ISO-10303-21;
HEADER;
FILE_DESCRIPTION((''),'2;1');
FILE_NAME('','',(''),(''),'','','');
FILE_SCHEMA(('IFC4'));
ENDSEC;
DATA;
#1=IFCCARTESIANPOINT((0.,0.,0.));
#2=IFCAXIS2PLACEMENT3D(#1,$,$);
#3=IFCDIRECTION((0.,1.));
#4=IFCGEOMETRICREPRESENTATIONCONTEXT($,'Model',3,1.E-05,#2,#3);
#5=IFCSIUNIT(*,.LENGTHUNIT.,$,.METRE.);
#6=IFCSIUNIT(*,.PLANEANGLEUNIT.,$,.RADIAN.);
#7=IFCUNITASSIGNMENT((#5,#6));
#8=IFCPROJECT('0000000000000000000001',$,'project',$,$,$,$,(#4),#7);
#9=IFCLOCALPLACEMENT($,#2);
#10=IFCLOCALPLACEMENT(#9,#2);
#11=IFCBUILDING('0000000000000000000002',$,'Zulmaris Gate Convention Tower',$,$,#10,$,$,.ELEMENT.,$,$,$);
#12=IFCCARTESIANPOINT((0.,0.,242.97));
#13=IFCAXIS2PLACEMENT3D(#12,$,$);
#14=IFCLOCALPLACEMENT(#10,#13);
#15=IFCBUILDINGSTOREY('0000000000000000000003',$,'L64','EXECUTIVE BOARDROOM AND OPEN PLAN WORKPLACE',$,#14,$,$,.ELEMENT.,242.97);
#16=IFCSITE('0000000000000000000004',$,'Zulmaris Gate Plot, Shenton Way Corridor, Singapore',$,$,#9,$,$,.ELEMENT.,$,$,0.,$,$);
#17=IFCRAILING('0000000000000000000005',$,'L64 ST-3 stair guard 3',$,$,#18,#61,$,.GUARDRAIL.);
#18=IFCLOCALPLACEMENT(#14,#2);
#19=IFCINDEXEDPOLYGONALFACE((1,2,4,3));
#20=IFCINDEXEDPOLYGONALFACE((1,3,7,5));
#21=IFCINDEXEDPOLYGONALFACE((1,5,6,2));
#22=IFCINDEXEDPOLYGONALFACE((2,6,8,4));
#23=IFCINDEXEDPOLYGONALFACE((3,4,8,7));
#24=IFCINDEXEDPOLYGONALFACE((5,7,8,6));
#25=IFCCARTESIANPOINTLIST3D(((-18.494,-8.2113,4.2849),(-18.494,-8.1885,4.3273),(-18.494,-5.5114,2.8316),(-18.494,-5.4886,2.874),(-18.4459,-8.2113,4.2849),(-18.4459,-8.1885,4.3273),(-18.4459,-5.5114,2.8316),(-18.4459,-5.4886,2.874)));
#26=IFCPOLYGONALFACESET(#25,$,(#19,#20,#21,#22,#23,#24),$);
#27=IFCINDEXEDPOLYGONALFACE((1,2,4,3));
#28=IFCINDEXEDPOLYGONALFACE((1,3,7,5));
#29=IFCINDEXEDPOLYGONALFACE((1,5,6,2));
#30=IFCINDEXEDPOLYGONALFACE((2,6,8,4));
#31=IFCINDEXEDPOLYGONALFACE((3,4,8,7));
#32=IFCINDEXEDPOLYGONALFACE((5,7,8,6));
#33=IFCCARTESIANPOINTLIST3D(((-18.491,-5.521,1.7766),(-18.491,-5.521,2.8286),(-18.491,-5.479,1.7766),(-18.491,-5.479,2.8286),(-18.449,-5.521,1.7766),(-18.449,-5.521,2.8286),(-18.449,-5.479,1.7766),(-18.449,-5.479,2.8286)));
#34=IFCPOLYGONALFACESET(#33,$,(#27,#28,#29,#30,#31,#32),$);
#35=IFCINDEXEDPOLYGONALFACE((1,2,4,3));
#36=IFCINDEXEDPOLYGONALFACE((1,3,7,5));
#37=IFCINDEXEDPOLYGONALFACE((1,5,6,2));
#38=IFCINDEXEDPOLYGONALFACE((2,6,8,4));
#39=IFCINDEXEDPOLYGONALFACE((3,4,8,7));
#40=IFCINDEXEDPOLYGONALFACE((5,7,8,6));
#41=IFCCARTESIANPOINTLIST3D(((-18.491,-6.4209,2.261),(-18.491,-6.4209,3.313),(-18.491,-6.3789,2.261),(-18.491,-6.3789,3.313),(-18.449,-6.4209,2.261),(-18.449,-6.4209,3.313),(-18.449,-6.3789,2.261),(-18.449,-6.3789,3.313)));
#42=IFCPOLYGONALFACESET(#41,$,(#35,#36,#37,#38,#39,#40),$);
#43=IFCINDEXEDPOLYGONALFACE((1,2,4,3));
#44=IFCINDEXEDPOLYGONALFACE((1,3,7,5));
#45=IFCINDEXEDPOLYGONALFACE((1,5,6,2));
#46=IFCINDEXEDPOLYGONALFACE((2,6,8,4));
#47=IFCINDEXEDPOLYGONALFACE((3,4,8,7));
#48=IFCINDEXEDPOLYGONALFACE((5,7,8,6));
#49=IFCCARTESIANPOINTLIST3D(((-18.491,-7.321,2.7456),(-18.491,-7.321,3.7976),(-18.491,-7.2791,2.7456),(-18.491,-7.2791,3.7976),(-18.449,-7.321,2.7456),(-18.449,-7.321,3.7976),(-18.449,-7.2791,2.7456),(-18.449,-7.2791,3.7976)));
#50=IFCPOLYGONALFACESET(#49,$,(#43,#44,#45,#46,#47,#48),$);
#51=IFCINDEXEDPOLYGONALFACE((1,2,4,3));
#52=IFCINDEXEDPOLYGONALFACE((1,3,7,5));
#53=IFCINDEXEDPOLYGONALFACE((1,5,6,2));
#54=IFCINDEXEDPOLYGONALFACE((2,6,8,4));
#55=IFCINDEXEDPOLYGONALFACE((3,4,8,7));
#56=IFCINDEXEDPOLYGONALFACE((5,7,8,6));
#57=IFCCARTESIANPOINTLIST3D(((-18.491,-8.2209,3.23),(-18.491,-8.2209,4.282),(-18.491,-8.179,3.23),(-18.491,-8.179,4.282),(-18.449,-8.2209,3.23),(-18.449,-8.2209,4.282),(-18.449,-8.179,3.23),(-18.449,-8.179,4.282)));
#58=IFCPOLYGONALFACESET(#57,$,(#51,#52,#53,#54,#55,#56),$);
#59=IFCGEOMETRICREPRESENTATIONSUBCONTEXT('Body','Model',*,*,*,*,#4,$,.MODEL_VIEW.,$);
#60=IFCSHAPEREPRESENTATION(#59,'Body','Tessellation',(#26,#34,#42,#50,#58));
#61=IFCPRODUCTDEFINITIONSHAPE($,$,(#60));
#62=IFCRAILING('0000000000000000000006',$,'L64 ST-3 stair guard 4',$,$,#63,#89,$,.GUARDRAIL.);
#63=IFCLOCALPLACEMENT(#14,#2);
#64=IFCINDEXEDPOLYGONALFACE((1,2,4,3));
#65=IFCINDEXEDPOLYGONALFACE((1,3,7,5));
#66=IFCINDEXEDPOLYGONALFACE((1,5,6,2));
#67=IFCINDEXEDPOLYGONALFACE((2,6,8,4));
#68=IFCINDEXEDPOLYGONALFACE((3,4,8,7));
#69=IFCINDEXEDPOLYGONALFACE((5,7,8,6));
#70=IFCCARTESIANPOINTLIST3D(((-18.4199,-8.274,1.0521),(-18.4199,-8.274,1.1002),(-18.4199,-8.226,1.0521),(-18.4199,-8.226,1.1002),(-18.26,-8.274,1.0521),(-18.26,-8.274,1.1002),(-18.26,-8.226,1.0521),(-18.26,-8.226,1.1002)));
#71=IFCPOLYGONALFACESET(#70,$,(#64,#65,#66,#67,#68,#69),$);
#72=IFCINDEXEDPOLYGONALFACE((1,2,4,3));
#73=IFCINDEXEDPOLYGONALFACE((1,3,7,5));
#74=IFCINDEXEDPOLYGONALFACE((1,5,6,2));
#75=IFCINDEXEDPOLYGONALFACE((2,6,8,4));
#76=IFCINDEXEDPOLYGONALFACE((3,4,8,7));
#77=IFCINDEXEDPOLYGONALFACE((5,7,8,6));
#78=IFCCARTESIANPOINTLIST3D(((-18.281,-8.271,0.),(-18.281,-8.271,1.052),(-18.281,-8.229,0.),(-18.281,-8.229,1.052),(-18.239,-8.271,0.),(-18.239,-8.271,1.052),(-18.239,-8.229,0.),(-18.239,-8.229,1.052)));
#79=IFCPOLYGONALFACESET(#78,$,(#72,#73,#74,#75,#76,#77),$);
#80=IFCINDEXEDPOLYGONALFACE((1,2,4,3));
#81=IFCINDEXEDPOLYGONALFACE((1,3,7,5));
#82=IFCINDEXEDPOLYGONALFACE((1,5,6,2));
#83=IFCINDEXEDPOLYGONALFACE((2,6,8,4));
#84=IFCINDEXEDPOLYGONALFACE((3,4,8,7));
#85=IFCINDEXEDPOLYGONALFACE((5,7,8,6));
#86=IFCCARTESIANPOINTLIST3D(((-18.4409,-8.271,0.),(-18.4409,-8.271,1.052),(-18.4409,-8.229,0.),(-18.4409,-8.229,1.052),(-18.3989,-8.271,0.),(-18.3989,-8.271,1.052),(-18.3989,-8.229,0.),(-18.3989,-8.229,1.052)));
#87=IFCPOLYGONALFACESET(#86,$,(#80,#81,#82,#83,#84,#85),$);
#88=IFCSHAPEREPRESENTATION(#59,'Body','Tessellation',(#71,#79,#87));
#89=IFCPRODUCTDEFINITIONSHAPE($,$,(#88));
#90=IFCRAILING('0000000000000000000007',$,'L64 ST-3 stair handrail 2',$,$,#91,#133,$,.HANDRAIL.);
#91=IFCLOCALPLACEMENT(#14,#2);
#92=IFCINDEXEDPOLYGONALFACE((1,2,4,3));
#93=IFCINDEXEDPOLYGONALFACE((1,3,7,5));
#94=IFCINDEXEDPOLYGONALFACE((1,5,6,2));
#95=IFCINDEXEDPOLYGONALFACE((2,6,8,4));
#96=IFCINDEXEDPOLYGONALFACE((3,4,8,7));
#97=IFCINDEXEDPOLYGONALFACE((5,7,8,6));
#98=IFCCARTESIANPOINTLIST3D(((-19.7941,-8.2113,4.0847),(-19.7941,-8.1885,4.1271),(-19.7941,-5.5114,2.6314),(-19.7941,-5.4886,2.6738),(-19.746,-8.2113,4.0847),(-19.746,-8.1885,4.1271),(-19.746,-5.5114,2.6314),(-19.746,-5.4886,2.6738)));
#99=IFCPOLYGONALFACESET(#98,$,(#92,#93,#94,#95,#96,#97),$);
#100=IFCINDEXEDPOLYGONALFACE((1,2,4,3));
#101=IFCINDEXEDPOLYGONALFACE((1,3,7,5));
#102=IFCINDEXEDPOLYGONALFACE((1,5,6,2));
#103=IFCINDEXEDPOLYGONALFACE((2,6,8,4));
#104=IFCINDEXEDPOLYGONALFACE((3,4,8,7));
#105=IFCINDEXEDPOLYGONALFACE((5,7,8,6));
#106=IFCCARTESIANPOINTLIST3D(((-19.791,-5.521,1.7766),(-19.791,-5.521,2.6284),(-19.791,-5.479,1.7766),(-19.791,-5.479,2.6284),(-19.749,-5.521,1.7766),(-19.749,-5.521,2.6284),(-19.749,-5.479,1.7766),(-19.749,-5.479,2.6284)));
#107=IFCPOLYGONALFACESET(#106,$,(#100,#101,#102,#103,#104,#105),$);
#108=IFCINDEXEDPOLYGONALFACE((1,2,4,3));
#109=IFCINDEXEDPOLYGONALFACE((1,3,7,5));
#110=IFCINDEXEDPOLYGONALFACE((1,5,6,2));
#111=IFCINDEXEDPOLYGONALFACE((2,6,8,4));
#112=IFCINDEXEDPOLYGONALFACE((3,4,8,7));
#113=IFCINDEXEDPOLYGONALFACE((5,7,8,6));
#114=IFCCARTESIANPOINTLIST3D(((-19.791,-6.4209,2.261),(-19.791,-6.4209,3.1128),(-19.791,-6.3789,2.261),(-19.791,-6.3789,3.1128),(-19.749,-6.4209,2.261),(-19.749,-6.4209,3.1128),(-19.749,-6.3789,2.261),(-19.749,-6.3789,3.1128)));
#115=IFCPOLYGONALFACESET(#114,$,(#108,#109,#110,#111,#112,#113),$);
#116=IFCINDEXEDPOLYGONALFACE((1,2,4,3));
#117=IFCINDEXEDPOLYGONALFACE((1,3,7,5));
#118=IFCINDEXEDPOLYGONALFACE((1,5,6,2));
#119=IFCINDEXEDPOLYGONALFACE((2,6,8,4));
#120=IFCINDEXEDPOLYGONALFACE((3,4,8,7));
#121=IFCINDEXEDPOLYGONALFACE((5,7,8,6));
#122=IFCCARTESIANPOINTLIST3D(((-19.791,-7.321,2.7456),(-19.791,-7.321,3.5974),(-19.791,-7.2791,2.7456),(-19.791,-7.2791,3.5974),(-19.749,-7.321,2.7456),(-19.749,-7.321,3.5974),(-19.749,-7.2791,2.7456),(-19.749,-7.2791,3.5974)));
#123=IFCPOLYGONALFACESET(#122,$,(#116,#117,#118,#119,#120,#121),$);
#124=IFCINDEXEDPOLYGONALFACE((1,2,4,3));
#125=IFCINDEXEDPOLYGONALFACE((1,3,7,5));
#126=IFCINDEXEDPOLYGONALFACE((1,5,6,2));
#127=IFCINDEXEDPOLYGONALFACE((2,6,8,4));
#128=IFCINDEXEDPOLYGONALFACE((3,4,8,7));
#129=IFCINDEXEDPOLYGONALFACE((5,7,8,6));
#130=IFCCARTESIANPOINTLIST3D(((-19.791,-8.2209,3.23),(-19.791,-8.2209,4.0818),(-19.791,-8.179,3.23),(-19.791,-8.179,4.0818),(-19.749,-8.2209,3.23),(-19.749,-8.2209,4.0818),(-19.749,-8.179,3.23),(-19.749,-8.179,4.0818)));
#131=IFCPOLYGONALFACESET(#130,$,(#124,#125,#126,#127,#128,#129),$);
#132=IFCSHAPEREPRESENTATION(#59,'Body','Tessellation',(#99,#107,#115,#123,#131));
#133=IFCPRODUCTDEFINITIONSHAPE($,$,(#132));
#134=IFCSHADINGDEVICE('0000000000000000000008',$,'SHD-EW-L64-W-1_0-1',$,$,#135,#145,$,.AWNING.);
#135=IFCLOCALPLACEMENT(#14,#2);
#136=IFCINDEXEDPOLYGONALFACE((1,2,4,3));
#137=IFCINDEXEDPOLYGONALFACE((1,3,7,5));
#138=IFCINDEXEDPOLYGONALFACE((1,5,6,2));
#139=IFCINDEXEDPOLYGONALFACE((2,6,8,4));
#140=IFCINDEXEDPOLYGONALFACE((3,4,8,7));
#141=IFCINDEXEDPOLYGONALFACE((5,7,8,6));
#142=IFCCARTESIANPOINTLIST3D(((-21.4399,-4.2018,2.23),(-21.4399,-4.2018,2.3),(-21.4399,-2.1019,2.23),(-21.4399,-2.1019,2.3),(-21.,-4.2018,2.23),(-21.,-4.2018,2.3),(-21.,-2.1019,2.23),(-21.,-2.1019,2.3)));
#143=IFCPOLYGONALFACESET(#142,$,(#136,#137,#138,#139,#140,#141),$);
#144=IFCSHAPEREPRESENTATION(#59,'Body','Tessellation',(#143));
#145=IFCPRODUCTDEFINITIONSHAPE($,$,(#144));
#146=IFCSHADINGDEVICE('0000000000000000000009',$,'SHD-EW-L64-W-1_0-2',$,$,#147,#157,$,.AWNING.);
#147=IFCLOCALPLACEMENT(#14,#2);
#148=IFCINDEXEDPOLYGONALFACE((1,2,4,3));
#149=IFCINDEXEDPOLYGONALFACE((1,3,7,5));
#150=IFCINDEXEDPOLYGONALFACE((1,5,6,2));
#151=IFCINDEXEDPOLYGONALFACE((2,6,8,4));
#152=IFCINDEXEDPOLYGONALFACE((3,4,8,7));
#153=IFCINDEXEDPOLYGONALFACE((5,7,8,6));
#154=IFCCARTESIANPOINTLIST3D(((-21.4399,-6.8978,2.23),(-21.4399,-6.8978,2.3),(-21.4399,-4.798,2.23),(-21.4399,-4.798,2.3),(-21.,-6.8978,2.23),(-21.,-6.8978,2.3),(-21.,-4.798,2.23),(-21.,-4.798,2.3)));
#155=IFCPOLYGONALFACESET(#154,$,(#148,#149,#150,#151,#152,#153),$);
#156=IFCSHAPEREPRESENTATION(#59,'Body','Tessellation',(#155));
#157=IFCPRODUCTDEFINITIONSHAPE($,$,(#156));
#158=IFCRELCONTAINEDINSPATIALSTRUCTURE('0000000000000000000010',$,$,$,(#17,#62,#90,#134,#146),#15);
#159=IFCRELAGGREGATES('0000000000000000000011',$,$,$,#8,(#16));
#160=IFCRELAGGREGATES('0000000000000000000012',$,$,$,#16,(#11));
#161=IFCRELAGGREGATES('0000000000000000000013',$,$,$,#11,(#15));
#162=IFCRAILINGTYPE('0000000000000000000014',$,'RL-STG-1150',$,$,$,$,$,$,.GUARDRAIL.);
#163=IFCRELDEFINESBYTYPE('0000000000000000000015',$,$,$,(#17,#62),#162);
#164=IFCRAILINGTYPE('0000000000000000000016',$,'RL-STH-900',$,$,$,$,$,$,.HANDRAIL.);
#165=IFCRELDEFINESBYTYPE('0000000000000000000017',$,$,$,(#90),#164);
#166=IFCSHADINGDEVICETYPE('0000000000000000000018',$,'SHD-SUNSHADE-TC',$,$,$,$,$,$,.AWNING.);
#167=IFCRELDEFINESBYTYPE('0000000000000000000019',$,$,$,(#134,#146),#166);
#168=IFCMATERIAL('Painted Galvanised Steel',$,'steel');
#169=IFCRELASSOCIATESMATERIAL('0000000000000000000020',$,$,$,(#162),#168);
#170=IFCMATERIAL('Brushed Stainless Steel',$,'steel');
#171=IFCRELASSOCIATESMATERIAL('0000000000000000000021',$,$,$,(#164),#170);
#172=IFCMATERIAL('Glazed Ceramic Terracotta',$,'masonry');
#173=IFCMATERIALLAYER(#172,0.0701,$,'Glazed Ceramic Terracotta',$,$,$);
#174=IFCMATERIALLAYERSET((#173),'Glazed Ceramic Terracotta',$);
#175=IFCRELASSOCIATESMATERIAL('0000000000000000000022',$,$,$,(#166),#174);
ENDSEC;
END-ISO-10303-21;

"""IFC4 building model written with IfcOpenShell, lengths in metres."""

from ifc_helpers import new_model, si_unit, direction, frame, frame_2d, origin, origin_2d, place, context, subcontext, project, spatial, rectangle, extrude, material, layer, layer_set, type_object, element, save


model = new_model("IFC4")

# Units and contexts
model_context = context("Model", 3, precision=1e-05, world=origin(), true_north=direction((0.0, 1.0)))
body_context = subcontext(model_context, "Body", "Model", "MODEL_VIEW")
ifc_project = project(units=[si_unit("LENGTHUNIT", "METRE"), si_unit("PLANEANGLEUNIT", "RADIAN")], contexts=[model_context])

# Site, building, storey
site_placement = place(None, origin())
site = spatial("IfcSite", under=ifc_project, at=site_placement, Name="Zulmaris Gate Plot, Shenton Way Corridor, Singapore", CompositionType="ELEMENT", RefElevation=0.0)
building_placement = place(site_placement, origin())
building = spatial("IfcBuilding", under=site, at=building_placement, Name="Zulmaris Gate Convention Tower", CompositionType="ELEMENT")
storey_placement = place(building_placement, frame((0.0, 0.0, 242.97)))
storey = spatial("IfcBuildingStorey", under=building, at=storey_placement, Name="L64", Description="EXECUTIVE BOARDROOM AND OPEN PLAN WORKPLACE", CompositionType="ELEMENT", Elevation=242.97)

# Railings
ifc_material_1 = material(Name="Painted Galvanised Steel", Category="steel")
railing_type_1 = type_object("IfcRailingType", Name="RL-STG-1150", PredefinedType="GUARDRAIL", material=ifc_material_1)
railing_1_placement = place(storey_placement, frame((-18.47, -5.5, 1.7766)))
element("IfcRailing", 1, at=railing_1_placement, inside=storey, type_object=railing_type_1, Name="L64 ST-3 stair guard 3", PredefinedType="GUARDRAIL", context=body_context, shape_type="SweptSolid", body=[
    extrude(rectangle(XDim=0.0481, YDim=0.0481, at=origin_2d()), frame((0.0, 0.0, 1.0762), z_axis=(0.0, -0.880532, 0.473986), x_axis=(1.0, 0.0, 0.0)), (0.0, 0.0, 1.0), 3.0662),
    extrude(rectangle(XDim=0.042, YDim=0.042, at=origin_2d()), origin(), (0.0, 0.0, 1.0), 1.052),
    extrude(rectangle(XDim=0.042, YDim=0.042, at=origin_2d()), frame((0.0, -0.8999, 0.4844)), (0.0, 0.0, 1.0), 1.052),
    extrude(rectangle(XDim=0.042, YDim=0.042, at=origin_2d()), frame((0.0, -1.8, 0.969)), (0.0, 0.0, 1.0), 1.052),
    extrude(rectangle(XDim=0.042, YDim=0.042, at=origin_2d()), frame((0.0, -2.7, 1.4534)), (0.0, 0.0, 1.0), 1.052),
])
railing_2_placement = place(storey_placement, frame((-18.26, -8.25, 0.0)))
element("IfcRailing", 2, at=railing_2_placement, inside=storey, type_object=railing_type_1, Name="L64 ST-3 stair guard 4", PredefinedType="GUARDRAIL", context=body_context, shape_type="SweptSolid", body=[
    extrude(rectangle(XDim=0.0481, YDim=0.0481, at=origin_2d()), frame((0.0, 0.0, 1.0762), z_axis=(-1.0, 0.0, 0.0), x_axis=(0.0, -1.0, 0.0)), (0.0, 0.0, 1.0), 0.1599),
    extrude(rectangle(XDim=0.042, YDim=0.042, at=origin_2d()), origin(), (0.0, 0.0, 1.0), 1.052),
    extrude(rectangle(XDim=0.042, YDim=0.042, at=origin_2d()), frame((-0.1599, 0.0, 0.0)), (0.0, 0.0, 1.0), 1.052),
])
ifc_material_2 = material(Name="Brushed Stainless Steel", Category="steel")
railing_type_2 = type_object("IfcRailingType", Name="RL-STH-900", PredefinedType="HANDRAIL", material=ifc_material_2)
railing_3_placement = place(storey_placement, frame((-19.77, -5.5, 1.7766)))
element("IfcRailing", 3, at=railing_3_placement, inside=storey, type_object=railing_type_2, Name="L64 ST-3 stair handrail 2", PredefinedType="HANDRAIL", context=body_context, shape_type="SweptSolid", body=[
    extrude(rectangle(XDim=0.0481, YDim=0.0481, at=origin_2d()), frame((0.0, 0.0, 0.876), z_axis=(0.0, -0.880532, 0.473986), x_axis=(1.0, 0.0, 0.0)), (0.0, 0.0, 1.0), 3.0662),
    extrude(rectangle(XDim=0.042, YDim=0.042, at=origin_2d()), origin(), (0.0, 0.0, 1.0), 0.8518),
    extrude(rectangle(XDim=0.042, YDim=0.042, at=origin_2d()), frame((0.0, -0.8999, 0.4844)), (0.0, 0.0, 1.0), 0.8518),
    extrude(rectangle(XDim=0.042, YDim=0.042, at=origin_2d()), frame((0.0, -1.8, 0.969)), (0.0, 0.0, 1.0), 0.8518),
    extrude(rectangle(XDim=0.042, YDim=0.042, at=origin_2d()), frame((0.0, -2.7, 1.4534)), (0.0, 0.0, 1.0), 0.8518),
])

# Shading devices
ifc_material_3 = material(Name="Glazed Ceramic Terracotta", Category="masonry")
ifc_layer_1 = layer(ifc_material_3, 0.0701, Name="Glazed Ceramic Terracotta")
ifc_layer_set_1 = layer_set([ifc_layer_1], Name="Glazed Ceramic Terracotta")
shading_device_type = type_object("IfcShadingDeviceType", Name="SHD-SUNSHADE-TC", PredefinedType="AWNING", material=ifc_layer_set_1)
for number, where, z_axis, x_axis, name in (
    (4, (-21.22, -2.1021, 2.23), (0.0, 0.0, 1.0), (0.0, -1.0, 0.0), "SHD-EW-L64-W-1_0-1"),
    (5, (-21.22, -4.7981, 2.23), (0.0, 0.0, 1.0), (0.0, -1.0, 0.0), "SHD-EW-L64-W-1_0-2"),
):
    element("IfcShadingDevice", number, at=place(storey_placement, frame(where, z_axis=z_axis, x_axis=x_axis)), inside=storey, type_object=shading_device_type, Name=name, PredefinedType="AWNING", context=body_context, shape_type="SweptSolid", body=[
        extrude(rectangle(XDim=2.0999, YDim=0.4399, at=frame_2d((1.0498, 0.0))), origin(), (0.0, 0.0, 1.0), 0.0701),
    ])

save(model, "model.ifc")
